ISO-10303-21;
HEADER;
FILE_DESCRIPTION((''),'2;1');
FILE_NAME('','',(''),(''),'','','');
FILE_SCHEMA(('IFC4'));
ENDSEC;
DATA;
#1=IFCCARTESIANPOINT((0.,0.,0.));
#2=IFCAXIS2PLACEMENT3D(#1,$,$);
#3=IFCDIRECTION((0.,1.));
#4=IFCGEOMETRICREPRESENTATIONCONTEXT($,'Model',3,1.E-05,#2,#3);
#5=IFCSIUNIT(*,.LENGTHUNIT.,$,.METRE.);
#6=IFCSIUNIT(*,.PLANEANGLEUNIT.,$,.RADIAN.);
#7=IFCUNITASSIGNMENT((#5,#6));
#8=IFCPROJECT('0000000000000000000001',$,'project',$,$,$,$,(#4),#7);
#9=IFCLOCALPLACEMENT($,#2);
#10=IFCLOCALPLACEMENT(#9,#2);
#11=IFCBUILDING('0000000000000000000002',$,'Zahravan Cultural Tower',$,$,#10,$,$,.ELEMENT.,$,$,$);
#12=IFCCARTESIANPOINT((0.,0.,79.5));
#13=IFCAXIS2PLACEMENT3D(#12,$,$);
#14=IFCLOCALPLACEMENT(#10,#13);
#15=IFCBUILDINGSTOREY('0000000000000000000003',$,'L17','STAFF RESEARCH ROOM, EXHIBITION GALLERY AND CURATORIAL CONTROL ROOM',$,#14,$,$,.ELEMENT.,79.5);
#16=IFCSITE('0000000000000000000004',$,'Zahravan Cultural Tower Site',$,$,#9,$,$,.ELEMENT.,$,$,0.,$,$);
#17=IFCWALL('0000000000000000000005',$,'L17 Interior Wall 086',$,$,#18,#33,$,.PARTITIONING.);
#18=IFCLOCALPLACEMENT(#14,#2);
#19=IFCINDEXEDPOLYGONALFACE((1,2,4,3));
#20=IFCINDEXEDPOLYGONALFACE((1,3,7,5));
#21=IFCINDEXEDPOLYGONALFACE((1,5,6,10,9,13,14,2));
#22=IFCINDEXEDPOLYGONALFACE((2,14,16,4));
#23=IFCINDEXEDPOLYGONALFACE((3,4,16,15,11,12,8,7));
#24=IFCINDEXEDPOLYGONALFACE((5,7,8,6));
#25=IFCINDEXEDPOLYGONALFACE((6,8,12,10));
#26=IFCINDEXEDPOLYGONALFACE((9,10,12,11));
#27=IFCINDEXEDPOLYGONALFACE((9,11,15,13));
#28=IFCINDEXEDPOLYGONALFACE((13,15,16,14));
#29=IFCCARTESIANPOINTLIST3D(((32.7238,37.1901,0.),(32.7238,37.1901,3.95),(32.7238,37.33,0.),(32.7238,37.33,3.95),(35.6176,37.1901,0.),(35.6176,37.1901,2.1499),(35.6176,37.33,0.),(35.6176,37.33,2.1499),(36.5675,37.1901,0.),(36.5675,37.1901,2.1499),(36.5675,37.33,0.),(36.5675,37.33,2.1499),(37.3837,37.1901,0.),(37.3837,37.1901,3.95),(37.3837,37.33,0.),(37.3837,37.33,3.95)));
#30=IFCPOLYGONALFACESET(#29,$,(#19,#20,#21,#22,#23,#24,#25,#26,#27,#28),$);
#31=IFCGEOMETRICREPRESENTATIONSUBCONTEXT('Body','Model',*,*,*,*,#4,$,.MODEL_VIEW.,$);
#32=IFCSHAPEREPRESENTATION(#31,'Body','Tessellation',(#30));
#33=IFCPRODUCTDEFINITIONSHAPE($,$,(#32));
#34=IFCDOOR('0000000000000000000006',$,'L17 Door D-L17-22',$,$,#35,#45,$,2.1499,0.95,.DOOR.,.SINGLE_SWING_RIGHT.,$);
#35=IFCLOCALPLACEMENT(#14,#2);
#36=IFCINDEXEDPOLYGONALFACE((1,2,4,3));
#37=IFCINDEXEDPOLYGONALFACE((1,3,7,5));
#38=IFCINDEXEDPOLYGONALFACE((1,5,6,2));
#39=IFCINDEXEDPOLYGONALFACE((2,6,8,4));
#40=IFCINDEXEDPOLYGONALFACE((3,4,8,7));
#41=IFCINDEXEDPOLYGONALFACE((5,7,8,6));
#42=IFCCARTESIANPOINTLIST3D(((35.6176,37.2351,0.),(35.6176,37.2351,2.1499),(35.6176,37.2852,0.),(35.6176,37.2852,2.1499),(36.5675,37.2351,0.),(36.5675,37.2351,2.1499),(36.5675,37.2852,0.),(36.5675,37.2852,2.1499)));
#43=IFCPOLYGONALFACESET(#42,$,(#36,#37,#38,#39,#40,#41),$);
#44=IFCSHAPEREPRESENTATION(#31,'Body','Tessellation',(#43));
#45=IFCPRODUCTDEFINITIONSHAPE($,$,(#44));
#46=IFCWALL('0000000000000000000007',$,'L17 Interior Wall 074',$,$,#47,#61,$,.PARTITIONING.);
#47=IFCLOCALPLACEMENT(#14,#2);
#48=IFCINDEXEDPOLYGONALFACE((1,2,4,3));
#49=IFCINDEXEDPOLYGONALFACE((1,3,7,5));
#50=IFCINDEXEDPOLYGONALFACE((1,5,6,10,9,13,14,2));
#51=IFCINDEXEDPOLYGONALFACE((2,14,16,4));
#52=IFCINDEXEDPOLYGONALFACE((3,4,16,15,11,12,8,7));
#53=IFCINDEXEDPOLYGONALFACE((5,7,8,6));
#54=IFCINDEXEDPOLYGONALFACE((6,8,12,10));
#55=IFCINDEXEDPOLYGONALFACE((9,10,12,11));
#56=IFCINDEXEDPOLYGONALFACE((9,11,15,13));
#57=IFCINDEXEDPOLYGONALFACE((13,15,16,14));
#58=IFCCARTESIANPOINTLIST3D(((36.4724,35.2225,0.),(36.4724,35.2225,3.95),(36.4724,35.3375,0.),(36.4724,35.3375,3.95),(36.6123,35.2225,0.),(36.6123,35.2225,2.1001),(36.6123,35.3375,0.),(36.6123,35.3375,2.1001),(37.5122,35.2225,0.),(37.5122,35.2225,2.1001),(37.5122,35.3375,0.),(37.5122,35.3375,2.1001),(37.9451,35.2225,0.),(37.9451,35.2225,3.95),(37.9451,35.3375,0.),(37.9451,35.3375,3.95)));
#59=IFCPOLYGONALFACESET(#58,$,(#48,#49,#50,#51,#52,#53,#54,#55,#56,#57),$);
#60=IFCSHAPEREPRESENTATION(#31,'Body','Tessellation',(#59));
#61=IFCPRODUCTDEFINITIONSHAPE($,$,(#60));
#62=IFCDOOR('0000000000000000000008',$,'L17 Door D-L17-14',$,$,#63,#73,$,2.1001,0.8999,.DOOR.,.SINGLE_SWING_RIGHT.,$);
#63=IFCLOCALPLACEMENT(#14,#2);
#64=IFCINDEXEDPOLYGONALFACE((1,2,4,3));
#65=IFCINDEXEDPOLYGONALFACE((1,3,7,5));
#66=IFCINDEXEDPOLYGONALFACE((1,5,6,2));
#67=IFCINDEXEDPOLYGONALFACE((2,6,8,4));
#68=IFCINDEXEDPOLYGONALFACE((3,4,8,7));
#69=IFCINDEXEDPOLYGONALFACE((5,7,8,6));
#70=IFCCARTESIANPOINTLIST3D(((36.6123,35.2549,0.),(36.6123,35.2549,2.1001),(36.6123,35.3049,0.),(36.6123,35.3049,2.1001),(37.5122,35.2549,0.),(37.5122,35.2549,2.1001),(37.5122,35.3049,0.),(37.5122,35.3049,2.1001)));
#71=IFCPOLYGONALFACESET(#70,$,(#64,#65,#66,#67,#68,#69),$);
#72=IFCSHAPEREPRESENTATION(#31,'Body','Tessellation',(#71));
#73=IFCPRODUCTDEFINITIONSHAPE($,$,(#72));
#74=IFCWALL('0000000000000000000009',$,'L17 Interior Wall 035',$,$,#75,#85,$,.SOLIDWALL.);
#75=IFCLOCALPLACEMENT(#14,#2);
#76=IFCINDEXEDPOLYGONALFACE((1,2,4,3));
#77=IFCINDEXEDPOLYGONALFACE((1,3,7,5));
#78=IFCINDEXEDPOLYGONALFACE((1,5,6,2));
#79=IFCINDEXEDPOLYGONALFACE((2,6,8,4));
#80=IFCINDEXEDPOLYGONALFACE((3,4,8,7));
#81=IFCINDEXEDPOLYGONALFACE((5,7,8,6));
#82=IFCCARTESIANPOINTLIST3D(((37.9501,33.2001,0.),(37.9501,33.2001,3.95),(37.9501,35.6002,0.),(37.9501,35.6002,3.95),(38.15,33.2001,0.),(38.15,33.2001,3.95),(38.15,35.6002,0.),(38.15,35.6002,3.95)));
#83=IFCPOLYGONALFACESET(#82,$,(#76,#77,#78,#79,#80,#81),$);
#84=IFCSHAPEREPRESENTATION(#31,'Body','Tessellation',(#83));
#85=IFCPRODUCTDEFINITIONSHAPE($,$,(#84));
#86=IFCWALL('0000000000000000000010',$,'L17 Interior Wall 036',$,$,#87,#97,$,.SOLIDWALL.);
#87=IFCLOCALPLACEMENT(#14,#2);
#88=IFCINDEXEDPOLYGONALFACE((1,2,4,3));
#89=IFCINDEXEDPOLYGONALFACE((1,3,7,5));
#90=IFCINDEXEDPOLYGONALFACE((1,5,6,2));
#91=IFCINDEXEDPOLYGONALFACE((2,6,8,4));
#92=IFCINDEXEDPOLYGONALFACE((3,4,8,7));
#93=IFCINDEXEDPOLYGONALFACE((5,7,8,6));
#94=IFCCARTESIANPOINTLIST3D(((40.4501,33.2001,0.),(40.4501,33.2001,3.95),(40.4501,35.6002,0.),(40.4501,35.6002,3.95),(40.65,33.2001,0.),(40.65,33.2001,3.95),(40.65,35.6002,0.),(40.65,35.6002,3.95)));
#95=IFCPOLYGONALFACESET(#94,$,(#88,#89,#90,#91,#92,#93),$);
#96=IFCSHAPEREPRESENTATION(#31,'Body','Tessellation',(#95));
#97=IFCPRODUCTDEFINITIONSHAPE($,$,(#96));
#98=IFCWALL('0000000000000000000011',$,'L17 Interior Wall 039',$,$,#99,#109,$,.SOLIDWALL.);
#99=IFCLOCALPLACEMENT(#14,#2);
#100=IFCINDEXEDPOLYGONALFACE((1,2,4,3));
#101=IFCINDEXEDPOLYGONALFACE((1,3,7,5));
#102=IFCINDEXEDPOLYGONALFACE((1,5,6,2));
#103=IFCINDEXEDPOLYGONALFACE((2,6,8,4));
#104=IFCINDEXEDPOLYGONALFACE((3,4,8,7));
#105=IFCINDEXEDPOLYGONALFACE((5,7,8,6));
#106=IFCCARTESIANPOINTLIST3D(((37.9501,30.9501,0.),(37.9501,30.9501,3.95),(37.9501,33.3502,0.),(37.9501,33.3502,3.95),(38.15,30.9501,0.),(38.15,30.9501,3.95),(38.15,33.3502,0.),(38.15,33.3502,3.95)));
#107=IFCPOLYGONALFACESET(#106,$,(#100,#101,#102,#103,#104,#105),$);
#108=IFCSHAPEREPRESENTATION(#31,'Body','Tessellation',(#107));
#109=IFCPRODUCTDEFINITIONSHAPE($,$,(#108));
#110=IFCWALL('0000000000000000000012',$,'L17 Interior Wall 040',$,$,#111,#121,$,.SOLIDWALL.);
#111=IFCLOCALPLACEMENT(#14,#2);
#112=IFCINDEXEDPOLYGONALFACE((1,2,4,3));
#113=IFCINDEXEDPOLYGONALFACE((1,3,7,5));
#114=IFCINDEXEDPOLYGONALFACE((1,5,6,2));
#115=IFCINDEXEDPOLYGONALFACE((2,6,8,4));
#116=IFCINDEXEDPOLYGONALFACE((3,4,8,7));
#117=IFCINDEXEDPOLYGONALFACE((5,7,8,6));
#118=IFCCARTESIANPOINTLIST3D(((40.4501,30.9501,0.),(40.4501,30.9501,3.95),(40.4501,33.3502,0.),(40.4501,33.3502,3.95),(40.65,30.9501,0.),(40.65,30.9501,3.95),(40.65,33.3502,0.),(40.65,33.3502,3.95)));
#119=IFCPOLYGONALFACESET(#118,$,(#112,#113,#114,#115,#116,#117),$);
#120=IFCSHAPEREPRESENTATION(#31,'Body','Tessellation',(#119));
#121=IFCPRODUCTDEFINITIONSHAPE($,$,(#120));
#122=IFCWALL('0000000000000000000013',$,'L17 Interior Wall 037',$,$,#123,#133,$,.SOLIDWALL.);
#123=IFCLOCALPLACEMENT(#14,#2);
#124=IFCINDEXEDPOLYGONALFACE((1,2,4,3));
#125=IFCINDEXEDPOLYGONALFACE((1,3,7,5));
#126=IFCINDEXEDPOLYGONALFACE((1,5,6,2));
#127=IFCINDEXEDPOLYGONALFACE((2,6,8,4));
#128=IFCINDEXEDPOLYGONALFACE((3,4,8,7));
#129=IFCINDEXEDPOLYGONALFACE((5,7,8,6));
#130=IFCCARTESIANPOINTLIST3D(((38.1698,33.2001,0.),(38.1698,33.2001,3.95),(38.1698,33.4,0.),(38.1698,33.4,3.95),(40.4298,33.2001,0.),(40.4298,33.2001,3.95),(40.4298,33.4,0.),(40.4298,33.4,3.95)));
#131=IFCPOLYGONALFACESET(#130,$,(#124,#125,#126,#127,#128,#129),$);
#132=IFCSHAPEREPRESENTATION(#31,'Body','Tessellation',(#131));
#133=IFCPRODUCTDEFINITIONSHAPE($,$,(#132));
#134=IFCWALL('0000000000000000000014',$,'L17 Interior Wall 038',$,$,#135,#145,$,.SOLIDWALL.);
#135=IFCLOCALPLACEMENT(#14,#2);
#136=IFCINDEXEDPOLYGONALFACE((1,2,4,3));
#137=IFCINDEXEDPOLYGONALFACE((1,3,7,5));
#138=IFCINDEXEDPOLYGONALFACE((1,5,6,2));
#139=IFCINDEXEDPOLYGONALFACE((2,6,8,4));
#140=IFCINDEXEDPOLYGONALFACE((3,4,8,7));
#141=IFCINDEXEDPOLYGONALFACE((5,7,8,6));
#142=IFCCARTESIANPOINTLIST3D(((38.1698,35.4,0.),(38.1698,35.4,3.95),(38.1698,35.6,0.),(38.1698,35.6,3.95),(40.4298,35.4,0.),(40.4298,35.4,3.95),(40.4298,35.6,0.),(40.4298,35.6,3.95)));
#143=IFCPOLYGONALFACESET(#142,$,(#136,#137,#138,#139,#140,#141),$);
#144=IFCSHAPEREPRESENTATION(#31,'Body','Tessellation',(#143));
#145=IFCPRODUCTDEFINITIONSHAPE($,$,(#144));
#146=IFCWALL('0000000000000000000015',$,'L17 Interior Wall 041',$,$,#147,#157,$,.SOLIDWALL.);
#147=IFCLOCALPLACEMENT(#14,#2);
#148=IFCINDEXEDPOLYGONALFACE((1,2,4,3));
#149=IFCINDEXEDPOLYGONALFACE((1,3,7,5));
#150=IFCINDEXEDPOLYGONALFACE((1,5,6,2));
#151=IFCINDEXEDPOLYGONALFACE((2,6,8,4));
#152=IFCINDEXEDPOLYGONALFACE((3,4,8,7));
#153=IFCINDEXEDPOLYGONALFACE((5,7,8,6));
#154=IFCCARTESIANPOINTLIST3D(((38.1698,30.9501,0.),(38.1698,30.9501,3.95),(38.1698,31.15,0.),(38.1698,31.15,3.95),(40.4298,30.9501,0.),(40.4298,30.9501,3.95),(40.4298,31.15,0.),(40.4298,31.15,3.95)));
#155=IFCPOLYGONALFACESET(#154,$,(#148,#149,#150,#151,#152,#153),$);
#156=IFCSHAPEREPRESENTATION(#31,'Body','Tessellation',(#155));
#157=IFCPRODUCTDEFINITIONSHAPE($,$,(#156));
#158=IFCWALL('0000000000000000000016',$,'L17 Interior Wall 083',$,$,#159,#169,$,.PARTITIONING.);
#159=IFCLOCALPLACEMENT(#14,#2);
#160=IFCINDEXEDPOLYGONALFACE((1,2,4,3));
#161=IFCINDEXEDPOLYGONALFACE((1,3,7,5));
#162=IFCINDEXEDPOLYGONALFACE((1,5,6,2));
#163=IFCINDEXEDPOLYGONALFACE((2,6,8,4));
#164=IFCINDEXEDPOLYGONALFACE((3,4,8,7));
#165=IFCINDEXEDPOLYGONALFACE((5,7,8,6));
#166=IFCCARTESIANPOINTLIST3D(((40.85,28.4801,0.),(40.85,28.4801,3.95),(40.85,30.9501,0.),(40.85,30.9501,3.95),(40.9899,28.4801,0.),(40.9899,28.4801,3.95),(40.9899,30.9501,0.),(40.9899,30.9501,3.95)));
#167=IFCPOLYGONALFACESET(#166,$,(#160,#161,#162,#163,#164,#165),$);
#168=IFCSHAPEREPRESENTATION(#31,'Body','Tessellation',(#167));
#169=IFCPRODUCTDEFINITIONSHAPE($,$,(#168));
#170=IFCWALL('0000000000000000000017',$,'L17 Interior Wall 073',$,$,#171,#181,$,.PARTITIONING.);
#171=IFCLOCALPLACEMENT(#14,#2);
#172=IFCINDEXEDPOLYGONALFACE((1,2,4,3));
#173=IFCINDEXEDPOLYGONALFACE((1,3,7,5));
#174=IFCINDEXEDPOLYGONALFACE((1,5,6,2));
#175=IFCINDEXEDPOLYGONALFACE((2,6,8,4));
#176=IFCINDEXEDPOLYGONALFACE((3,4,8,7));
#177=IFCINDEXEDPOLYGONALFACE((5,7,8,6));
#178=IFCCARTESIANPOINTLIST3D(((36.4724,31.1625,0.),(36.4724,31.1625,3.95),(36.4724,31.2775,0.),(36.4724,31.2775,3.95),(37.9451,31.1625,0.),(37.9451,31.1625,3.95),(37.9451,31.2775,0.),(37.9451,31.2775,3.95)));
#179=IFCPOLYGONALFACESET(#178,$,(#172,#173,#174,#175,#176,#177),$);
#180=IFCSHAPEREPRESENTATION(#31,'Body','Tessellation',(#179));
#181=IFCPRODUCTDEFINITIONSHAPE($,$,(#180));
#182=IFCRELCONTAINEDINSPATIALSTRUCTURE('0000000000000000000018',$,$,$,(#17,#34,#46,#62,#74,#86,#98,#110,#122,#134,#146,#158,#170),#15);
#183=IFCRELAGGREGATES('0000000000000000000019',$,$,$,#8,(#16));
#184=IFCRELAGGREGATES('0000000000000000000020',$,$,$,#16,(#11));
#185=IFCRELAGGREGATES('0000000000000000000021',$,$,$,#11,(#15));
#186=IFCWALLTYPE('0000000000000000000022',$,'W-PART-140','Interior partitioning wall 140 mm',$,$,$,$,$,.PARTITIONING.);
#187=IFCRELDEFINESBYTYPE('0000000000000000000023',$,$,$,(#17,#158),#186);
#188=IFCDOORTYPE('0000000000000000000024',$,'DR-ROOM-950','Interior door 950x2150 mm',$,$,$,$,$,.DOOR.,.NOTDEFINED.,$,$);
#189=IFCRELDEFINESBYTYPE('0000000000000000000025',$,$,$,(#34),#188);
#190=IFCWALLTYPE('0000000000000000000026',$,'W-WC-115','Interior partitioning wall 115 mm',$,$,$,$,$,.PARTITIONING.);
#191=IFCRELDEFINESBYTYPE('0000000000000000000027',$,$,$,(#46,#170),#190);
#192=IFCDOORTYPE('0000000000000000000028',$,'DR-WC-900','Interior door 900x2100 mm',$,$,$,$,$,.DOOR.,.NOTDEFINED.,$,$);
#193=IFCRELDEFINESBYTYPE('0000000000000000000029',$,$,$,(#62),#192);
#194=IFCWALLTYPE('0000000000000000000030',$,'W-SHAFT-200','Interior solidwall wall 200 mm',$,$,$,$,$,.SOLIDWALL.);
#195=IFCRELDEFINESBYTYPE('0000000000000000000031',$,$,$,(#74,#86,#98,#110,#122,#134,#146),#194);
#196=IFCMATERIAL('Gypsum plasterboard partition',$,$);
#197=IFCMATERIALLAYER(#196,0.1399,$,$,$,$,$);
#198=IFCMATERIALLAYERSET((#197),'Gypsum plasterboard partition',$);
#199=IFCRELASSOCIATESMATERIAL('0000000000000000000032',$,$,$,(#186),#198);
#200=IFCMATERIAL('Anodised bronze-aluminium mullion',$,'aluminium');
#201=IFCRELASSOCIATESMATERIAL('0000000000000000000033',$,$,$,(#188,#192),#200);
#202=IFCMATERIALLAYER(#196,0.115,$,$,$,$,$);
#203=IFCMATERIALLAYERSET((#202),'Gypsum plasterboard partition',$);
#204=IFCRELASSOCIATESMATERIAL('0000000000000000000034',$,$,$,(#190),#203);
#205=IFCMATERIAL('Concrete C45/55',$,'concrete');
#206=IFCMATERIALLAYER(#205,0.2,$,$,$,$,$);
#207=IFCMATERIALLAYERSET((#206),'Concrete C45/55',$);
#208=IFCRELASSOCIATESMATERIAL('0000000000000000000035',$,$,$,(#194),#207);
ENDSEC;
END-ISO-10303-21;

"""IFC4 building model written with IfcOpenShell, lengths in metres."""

from ifc_helpers import new_model, si_unit, direction, frame, frame_2d, origin, place, context, subcontext, project, spatial, rectangle, extrude, source, transform, mapped, material, layer, layer_set, type_object, element, fill, save


model = new_model("IFC4")

# Units and contexts
model_context = context("Model", 3, precision=1e-05, world=origin(), true_north=direction((0.0, 1.0)))
body_context = subcontext(model_context, "Body", "Model", "MODEL_VIEW")
ifc_project = project(units=[si_unit("LENGTHUNIT", "METRE"), si_unit("PLANEANGLEUNIT", "RADIAN")], contexts=[model_context])

# Site, building, storey
site_placement = place(None, origin())
site = spatial("IfcSite", under=ifc_project, at=site_placement, Name="Zahravan Cultural Tower Site", CompositionType="ELEMENT", RefElevation=0.0)
building_placement = place(site_placement, origin())
building = spatial("IfcBuilding", under=site, at=building_placement, Name="Zahravan Cultural Tower", CompositionType="ELEMENT")
storey_placement = place(building_placement, frame((0.0, 0.0, 79.5)))
storey = spatial("IfcBuildingStorey", under=building, at=storey_placement, Name="L17", Description="STAFF RESEARCH ROOM, EXHIBITION GALLERY AND CURATORIAL CONTROL ROOM", CompositionType="ELEMENT", Elevation=79.5)

# Shared definitions
ifc_material_1 = material(Name="Anodised bronze-aluminium mullion", Category="aluminium")

# Walls, openings, doors
ifc_material_2 = material(Name="Gypsum plasterboard partition")
ifc_layer_1 = layer(ifc_material_2, 0.1399)
ifc_layer_set_1 = layer_set([ifc_layer_1], Name="Gypsum plasterboard partition")
wall_type_1 = type_object("IfcWallType", Name="W-PART-140", Description="Interior partitioning wall 140 mm", PredefinedType="PARTITIONING", material=ifc_layer_set_1)
door_type_1 = type_object("IfcDoorType", Name="DR-ROOM-950", Description="Interior door 950x2150 mm", OperationType="NOTDEFINED", PredefinedType="DOOR", material=ifc_material_1)
shared_shape_1 = source(origin(), body_context, "Body", "SweptSolid", [
    extrude(rectangle(XDim=0.95, YDim=2.1499, at=frame_2d((0.4751, 1.075))), frame((0.0, 0.0249, 0.0), z_axis=(0.0, -1.0, 0.0), x_axis=(1.0, 0.0, 0.0)), (0.0, 0.0, 1.0), 0.05),
])
wall_1_placement = place(storey_placement, frame((37.3838, 37.26, 0.0), z_axis=(0.0, 0.0, 1.0), x_axis=(-1.0, 0.0, 0.0)))
wall_1 = element("IfcWall", 1, at=wall_1_placement, inside=storey, type_object=wall_type_1, Name="L17 Interior Wall 086", PredefinedType="PARTITIONING", context=body_context, shape_type="SweptSolid", body=[
    extrude(rectangle(XDim=4.6599, YDim=0.1399, at=frame_2d((2.3301, 0.0))), origin(), (0.0, 0.0, 1.0), 3.95),
])
opening_1_placement = place(wall_1_placement, frame((0.8162, 0.0, 0.0)))
opening_1 = element("IfcOpeningElement", 2, at=opening_1_placement, cuts=wall_1, PredefinedType="OPENING", context=body_context, shape_type="SweptSolid", body=[
    extrude(rectangle(XDim=0.95, YDim=2.1499, at=frame_2d((0.4751, 1.075))), frame((0.0, 0.0798, 0.0), z_axis=(0.0, -1.0, 0.0), x_axis=(1.0, 0.0, 0.0)), (0.0, 0.0, 1.0), 0.1599),
])
door_1_placement = place(opening_1_placement, origin())
door_1 = element("IfcDoor", 3, at=door_1_placement, inside=storey, type_object=door_type_1, Name="L17 Door D-L17-22", OperationType="SINGLE_SWING_RIGHT", OverallHeight=2.1499, OverallWidth=0.95, PredefinedType="DOOR", context=body_context, shape_type="MappedRepresentation", body=[
    mapped(shared_shape_1, transform((0.0, 0.0, 0.0), x_axis=(1.0, 0.0, 0.0), y_axis=(0.0, 1.0, 0.0), z_axis=(0.0, 0.0, 1.0), scale=1.0)),
])
fill(opening_1, door_1)
ifc_layer_2 = layer(ifc_material_2, 0.115)
ifc_layer_set_2 = layer_set([ifc_layer_2], Name="Gypsum plasterboard partition")
wall_type_2 = type_object("IfcWallType", Name="W-WC-115", Description="Interior partitioning wall 115 mm", PredefinedType="PARTITIONING", material=ifc_layer_set_2)
wall_2_placement = place(storey_placement, frame((36.4724, 35.28, 0.0), z_axis=(0.0, 0.0, 1.0), x_axis=(1.0, 0.0, 0.0)))
wall_2 = element("IfcWall", 4, at=wall_2_placement, inside=storey, type_object=wall_type_2, Name="L17 Interior Wall 074", PredefinedType="PARTITIONING", context=body_context, shape_type="SweptSolid", body=[
    extrude(rectangle(XDim=1.4727, YDim=0.115, at=frame_2d((0.7363, 0.0))), origin(), (0.0, 0.0, 1.0), 3.95),
])
opening_2_placement = place(wall_2_placement, frame((0.1399, 0.0, 0.0)))
opening_2 = element("IfcOpeningElement", 5, at=opening_2_placement, cuts=wall_2, PredefinedType="OPENING", context=body_context, shape_type="SweptSolid", body=[
    extrude(rectangle(XDim=0.8999, YDim=2.1001, at=frame_2d((0.45, 1.05))), frame((0.0, 0.0674, 0.0), z_axis=(0.0, -1.0, 0.0), x_axis=(1.0, 0.0, 0.0)), (0.0, 0.0, 1.0), 0.135),
])
door_type_2 = type_object("IfcDoorType", Name="DR-WC-900", Description="Interior door 900x2100 mm", OperationType="NOTDEFINED", PredefinedType="DOOR", material=ifc_material_1)
shared_shape_2 = source(origin(), body_context, "Body", "SweptSolid", [
    extrude(rectangle(XDim=0.8999, YDim=2.1001, at=frame_2d((0.45, 1.05))), frame((0.0, 0.0249, 0.0), z_axis=(0.0, -1.0, 0.0), x_axis=(1.0, 0.0, 0.0)), (0.0, 0.0, 1.0), 0.05),
])
door_2_placement = place(opening_2_placement, origin())
door_2 = element("IfcDoor", 6, at=door_2_placement, inside=storey, type_object=door_type_2, Name="L17 Door D-L17-14", OperationType="SINGLE_SWING_RIGHT", OverallHeight=2.1001, OverallWidth=0.8999, PredefinedType="DOOR", context=body_context, shape_type="MappedRepresentation", body=[
    mapped(shared_shape_2, transform((0.0, 0.0, 0.0), x_axis=(1.0, 0.0, 0.0), y_axis=(0.0, 1.0, 0.0), z_axis=(0.0, 0.0, 1.0), scale=1.0)),
])
fill(opening_2, door_2)

# Walls
ifc_material_3 = material(Name="Concrete C45/55", Category="concrete")
ifc_layer_3 = layer(ifc_material_3, 0.2)
ifc_layer_set_3 = layer_set([ifc_layer_3], Name="Concrete C45/55")
wall_type_3 = type_object("IfcWallType", Name="W-SHAFT-200", Description="Interior solidwall wall 200 mm", PredefinedType="SOLIDWALL", material=ifc_layer_set_3)
shared_shape_3 = source(origin(), body_context, "Body", "SweptSolid", [
    extrude(rectangle(XDim=2.4001, YDim=0.2, at=frame_2d((1.2002, 0.0))), origin(), (0.0, 0.0, 1.0), 3.95),
])
for number, where, z_axis, x_axis, name in (
    (7, (38.05, 33.2, 0.0), (0.0, 0.0, 1.0), (0.0, 1.0, 0.0), "L17 Interior Wall 035"),
    (8, (40.55, 33.2, 0.0), (0.0, 0.0, 1.0), (0.0, 1.0, 0.0), "L17 Interior Wall 036"),
    (9, (38.05, 30.95, 0.0), (0.0, 0.0, 1.0), (0.0, 1.0, 0.0), "L17 Interior Wall 039"),
    (10, (40.55, 30.95, 0.0), (0.0, 0.0, 1.0), (0.0, 1.0, 0.0), "L17 Interior Wall 040"),
):
    element("IfcWall", number, at=place(storey_placement, frame(where, z_axis=z_axis, x_axis=x_axis)), inside=storey, type_object=wall_type_3, Name=name, PredefinedType="SOLIDWALL", context=body_context, shape_type="MappedRepresentation", body=[
        mapped(shared_shape_3, transform((0.0, 0.0, 0.0), x_axis=(1.0, 0.0, 0.0), y_axis=(0.0, 1.0, 0.0), z_axis=(0.0, 0.0, 1.0), scale=1.0)),
    ])
shared_shape_4 = source(origin(), body_context, "Body", "SweptSolid", [
    extrude(rectangle(XDim=2.26, YDim=0.2, at=frame_2d((1.1299, 0.0))), origin(), (0.0, 0.0, 1.0), 3.95),
])
for number, where, z_axis, x_axis, name in (
    (11, (38.1699, 33.3, 0.0), (0.0, 0.0, 1.0), (1.0, 0.0, 0.0), "L17 Interior Wall 037"),
    (12, (38.1699, 35.5, 0.0), (0.0, 0.0, 1.0), (1.0, 0.0, 0.0), "L17 Interior Wall 038"),
    (13, (38.1699, 31.05, 0.0), (0.0, 0.0, 1.0), (1.0, 0.0, 0.0), "L17 Interior Wall 041"),
):
    element("IfcWall", number, at=place(storey_placement, frame(where, z_axis=z_axis, x_axis=x_axis)), inside=storey, type_object=wall_type_3, Name=name, PredefinedType="SOLIDWALL", context=body_context, shape_type="MappedRepresentation", body=[
        mapped(shared_shape_4, transform((0.0, 0.0, 0.0), x_axis=(1.0, 0.0, 0.0), y_axis=(0.0, 1.0, 0.0), z_axis=(0.0, 0.0, 1.0), scale=1.0)),
    ])
shared_shape_5 = source(origin(), body_context, "Body", "SweptSolid", [
    extrude(rectangle(XDim=2.47, YDim=0.1399, at=frame_2d((1.2349, 0.0))), origin(), (0.0, 0.0, 1.0), 3.95),
])
wall_3_placement = place(storey_placement, frame((40.9199, 30.95, 0.0), z_axis=(0.0, 0.0, 1.0), x_axis=(0.0, -1.0, 0.0)))
element("IfcWall", 14, at=wall_3_placement, inside=storey, type_object=wall_type_1, Name="L17 Interior Wall 083", PredefinedType="PARTITIONING", context=body_context, shape_type="MappedRepresentation", body=[
    mapped(shared_shape_5, transform((0.0, 0.0, 0.0), x_axis=(1.0, 0.0, 0.0), y_axis=(0.0, 1.0, 0.0), z_axis=(0.0, 0.0, 1.0), scale=1.0)),
])
shared_shape_6 = source(origin(), body_context, "Body", "SweptSolid", [
    extrude(rectangle(XDim=1.4727, YDim=0.115, at=frame_2d((0.7363, 0.0))), origin(), (0.0, 0.0, 1.0), 3.95),
])
wall_4_placement = place(storey_placement, frame((37.9451, 31.22, 0.0), z_axis=(0.0, 0.0, 1.0), x_axis=(-1.0, 0.0, 0.0)))
element("IfcWall", 15, at=wall_4_placement, inside=storey, type_object=wall_type_2, Name="L17 Interior Wall 073", PredefinedType="PARTITIONING", context=body_context, shape_type="MappedRepresentation", body=[
    mapped(shared_shape_6, transform((0.0, 0.0, 0.0), x_axis=(1.0, 0.0, 0.0), y_axis=(0.0, 1.0, 0.0), z_axis=(0.0, 0.0, 1.0), scale=1.0)),
])

save(model, "model.ifc")
